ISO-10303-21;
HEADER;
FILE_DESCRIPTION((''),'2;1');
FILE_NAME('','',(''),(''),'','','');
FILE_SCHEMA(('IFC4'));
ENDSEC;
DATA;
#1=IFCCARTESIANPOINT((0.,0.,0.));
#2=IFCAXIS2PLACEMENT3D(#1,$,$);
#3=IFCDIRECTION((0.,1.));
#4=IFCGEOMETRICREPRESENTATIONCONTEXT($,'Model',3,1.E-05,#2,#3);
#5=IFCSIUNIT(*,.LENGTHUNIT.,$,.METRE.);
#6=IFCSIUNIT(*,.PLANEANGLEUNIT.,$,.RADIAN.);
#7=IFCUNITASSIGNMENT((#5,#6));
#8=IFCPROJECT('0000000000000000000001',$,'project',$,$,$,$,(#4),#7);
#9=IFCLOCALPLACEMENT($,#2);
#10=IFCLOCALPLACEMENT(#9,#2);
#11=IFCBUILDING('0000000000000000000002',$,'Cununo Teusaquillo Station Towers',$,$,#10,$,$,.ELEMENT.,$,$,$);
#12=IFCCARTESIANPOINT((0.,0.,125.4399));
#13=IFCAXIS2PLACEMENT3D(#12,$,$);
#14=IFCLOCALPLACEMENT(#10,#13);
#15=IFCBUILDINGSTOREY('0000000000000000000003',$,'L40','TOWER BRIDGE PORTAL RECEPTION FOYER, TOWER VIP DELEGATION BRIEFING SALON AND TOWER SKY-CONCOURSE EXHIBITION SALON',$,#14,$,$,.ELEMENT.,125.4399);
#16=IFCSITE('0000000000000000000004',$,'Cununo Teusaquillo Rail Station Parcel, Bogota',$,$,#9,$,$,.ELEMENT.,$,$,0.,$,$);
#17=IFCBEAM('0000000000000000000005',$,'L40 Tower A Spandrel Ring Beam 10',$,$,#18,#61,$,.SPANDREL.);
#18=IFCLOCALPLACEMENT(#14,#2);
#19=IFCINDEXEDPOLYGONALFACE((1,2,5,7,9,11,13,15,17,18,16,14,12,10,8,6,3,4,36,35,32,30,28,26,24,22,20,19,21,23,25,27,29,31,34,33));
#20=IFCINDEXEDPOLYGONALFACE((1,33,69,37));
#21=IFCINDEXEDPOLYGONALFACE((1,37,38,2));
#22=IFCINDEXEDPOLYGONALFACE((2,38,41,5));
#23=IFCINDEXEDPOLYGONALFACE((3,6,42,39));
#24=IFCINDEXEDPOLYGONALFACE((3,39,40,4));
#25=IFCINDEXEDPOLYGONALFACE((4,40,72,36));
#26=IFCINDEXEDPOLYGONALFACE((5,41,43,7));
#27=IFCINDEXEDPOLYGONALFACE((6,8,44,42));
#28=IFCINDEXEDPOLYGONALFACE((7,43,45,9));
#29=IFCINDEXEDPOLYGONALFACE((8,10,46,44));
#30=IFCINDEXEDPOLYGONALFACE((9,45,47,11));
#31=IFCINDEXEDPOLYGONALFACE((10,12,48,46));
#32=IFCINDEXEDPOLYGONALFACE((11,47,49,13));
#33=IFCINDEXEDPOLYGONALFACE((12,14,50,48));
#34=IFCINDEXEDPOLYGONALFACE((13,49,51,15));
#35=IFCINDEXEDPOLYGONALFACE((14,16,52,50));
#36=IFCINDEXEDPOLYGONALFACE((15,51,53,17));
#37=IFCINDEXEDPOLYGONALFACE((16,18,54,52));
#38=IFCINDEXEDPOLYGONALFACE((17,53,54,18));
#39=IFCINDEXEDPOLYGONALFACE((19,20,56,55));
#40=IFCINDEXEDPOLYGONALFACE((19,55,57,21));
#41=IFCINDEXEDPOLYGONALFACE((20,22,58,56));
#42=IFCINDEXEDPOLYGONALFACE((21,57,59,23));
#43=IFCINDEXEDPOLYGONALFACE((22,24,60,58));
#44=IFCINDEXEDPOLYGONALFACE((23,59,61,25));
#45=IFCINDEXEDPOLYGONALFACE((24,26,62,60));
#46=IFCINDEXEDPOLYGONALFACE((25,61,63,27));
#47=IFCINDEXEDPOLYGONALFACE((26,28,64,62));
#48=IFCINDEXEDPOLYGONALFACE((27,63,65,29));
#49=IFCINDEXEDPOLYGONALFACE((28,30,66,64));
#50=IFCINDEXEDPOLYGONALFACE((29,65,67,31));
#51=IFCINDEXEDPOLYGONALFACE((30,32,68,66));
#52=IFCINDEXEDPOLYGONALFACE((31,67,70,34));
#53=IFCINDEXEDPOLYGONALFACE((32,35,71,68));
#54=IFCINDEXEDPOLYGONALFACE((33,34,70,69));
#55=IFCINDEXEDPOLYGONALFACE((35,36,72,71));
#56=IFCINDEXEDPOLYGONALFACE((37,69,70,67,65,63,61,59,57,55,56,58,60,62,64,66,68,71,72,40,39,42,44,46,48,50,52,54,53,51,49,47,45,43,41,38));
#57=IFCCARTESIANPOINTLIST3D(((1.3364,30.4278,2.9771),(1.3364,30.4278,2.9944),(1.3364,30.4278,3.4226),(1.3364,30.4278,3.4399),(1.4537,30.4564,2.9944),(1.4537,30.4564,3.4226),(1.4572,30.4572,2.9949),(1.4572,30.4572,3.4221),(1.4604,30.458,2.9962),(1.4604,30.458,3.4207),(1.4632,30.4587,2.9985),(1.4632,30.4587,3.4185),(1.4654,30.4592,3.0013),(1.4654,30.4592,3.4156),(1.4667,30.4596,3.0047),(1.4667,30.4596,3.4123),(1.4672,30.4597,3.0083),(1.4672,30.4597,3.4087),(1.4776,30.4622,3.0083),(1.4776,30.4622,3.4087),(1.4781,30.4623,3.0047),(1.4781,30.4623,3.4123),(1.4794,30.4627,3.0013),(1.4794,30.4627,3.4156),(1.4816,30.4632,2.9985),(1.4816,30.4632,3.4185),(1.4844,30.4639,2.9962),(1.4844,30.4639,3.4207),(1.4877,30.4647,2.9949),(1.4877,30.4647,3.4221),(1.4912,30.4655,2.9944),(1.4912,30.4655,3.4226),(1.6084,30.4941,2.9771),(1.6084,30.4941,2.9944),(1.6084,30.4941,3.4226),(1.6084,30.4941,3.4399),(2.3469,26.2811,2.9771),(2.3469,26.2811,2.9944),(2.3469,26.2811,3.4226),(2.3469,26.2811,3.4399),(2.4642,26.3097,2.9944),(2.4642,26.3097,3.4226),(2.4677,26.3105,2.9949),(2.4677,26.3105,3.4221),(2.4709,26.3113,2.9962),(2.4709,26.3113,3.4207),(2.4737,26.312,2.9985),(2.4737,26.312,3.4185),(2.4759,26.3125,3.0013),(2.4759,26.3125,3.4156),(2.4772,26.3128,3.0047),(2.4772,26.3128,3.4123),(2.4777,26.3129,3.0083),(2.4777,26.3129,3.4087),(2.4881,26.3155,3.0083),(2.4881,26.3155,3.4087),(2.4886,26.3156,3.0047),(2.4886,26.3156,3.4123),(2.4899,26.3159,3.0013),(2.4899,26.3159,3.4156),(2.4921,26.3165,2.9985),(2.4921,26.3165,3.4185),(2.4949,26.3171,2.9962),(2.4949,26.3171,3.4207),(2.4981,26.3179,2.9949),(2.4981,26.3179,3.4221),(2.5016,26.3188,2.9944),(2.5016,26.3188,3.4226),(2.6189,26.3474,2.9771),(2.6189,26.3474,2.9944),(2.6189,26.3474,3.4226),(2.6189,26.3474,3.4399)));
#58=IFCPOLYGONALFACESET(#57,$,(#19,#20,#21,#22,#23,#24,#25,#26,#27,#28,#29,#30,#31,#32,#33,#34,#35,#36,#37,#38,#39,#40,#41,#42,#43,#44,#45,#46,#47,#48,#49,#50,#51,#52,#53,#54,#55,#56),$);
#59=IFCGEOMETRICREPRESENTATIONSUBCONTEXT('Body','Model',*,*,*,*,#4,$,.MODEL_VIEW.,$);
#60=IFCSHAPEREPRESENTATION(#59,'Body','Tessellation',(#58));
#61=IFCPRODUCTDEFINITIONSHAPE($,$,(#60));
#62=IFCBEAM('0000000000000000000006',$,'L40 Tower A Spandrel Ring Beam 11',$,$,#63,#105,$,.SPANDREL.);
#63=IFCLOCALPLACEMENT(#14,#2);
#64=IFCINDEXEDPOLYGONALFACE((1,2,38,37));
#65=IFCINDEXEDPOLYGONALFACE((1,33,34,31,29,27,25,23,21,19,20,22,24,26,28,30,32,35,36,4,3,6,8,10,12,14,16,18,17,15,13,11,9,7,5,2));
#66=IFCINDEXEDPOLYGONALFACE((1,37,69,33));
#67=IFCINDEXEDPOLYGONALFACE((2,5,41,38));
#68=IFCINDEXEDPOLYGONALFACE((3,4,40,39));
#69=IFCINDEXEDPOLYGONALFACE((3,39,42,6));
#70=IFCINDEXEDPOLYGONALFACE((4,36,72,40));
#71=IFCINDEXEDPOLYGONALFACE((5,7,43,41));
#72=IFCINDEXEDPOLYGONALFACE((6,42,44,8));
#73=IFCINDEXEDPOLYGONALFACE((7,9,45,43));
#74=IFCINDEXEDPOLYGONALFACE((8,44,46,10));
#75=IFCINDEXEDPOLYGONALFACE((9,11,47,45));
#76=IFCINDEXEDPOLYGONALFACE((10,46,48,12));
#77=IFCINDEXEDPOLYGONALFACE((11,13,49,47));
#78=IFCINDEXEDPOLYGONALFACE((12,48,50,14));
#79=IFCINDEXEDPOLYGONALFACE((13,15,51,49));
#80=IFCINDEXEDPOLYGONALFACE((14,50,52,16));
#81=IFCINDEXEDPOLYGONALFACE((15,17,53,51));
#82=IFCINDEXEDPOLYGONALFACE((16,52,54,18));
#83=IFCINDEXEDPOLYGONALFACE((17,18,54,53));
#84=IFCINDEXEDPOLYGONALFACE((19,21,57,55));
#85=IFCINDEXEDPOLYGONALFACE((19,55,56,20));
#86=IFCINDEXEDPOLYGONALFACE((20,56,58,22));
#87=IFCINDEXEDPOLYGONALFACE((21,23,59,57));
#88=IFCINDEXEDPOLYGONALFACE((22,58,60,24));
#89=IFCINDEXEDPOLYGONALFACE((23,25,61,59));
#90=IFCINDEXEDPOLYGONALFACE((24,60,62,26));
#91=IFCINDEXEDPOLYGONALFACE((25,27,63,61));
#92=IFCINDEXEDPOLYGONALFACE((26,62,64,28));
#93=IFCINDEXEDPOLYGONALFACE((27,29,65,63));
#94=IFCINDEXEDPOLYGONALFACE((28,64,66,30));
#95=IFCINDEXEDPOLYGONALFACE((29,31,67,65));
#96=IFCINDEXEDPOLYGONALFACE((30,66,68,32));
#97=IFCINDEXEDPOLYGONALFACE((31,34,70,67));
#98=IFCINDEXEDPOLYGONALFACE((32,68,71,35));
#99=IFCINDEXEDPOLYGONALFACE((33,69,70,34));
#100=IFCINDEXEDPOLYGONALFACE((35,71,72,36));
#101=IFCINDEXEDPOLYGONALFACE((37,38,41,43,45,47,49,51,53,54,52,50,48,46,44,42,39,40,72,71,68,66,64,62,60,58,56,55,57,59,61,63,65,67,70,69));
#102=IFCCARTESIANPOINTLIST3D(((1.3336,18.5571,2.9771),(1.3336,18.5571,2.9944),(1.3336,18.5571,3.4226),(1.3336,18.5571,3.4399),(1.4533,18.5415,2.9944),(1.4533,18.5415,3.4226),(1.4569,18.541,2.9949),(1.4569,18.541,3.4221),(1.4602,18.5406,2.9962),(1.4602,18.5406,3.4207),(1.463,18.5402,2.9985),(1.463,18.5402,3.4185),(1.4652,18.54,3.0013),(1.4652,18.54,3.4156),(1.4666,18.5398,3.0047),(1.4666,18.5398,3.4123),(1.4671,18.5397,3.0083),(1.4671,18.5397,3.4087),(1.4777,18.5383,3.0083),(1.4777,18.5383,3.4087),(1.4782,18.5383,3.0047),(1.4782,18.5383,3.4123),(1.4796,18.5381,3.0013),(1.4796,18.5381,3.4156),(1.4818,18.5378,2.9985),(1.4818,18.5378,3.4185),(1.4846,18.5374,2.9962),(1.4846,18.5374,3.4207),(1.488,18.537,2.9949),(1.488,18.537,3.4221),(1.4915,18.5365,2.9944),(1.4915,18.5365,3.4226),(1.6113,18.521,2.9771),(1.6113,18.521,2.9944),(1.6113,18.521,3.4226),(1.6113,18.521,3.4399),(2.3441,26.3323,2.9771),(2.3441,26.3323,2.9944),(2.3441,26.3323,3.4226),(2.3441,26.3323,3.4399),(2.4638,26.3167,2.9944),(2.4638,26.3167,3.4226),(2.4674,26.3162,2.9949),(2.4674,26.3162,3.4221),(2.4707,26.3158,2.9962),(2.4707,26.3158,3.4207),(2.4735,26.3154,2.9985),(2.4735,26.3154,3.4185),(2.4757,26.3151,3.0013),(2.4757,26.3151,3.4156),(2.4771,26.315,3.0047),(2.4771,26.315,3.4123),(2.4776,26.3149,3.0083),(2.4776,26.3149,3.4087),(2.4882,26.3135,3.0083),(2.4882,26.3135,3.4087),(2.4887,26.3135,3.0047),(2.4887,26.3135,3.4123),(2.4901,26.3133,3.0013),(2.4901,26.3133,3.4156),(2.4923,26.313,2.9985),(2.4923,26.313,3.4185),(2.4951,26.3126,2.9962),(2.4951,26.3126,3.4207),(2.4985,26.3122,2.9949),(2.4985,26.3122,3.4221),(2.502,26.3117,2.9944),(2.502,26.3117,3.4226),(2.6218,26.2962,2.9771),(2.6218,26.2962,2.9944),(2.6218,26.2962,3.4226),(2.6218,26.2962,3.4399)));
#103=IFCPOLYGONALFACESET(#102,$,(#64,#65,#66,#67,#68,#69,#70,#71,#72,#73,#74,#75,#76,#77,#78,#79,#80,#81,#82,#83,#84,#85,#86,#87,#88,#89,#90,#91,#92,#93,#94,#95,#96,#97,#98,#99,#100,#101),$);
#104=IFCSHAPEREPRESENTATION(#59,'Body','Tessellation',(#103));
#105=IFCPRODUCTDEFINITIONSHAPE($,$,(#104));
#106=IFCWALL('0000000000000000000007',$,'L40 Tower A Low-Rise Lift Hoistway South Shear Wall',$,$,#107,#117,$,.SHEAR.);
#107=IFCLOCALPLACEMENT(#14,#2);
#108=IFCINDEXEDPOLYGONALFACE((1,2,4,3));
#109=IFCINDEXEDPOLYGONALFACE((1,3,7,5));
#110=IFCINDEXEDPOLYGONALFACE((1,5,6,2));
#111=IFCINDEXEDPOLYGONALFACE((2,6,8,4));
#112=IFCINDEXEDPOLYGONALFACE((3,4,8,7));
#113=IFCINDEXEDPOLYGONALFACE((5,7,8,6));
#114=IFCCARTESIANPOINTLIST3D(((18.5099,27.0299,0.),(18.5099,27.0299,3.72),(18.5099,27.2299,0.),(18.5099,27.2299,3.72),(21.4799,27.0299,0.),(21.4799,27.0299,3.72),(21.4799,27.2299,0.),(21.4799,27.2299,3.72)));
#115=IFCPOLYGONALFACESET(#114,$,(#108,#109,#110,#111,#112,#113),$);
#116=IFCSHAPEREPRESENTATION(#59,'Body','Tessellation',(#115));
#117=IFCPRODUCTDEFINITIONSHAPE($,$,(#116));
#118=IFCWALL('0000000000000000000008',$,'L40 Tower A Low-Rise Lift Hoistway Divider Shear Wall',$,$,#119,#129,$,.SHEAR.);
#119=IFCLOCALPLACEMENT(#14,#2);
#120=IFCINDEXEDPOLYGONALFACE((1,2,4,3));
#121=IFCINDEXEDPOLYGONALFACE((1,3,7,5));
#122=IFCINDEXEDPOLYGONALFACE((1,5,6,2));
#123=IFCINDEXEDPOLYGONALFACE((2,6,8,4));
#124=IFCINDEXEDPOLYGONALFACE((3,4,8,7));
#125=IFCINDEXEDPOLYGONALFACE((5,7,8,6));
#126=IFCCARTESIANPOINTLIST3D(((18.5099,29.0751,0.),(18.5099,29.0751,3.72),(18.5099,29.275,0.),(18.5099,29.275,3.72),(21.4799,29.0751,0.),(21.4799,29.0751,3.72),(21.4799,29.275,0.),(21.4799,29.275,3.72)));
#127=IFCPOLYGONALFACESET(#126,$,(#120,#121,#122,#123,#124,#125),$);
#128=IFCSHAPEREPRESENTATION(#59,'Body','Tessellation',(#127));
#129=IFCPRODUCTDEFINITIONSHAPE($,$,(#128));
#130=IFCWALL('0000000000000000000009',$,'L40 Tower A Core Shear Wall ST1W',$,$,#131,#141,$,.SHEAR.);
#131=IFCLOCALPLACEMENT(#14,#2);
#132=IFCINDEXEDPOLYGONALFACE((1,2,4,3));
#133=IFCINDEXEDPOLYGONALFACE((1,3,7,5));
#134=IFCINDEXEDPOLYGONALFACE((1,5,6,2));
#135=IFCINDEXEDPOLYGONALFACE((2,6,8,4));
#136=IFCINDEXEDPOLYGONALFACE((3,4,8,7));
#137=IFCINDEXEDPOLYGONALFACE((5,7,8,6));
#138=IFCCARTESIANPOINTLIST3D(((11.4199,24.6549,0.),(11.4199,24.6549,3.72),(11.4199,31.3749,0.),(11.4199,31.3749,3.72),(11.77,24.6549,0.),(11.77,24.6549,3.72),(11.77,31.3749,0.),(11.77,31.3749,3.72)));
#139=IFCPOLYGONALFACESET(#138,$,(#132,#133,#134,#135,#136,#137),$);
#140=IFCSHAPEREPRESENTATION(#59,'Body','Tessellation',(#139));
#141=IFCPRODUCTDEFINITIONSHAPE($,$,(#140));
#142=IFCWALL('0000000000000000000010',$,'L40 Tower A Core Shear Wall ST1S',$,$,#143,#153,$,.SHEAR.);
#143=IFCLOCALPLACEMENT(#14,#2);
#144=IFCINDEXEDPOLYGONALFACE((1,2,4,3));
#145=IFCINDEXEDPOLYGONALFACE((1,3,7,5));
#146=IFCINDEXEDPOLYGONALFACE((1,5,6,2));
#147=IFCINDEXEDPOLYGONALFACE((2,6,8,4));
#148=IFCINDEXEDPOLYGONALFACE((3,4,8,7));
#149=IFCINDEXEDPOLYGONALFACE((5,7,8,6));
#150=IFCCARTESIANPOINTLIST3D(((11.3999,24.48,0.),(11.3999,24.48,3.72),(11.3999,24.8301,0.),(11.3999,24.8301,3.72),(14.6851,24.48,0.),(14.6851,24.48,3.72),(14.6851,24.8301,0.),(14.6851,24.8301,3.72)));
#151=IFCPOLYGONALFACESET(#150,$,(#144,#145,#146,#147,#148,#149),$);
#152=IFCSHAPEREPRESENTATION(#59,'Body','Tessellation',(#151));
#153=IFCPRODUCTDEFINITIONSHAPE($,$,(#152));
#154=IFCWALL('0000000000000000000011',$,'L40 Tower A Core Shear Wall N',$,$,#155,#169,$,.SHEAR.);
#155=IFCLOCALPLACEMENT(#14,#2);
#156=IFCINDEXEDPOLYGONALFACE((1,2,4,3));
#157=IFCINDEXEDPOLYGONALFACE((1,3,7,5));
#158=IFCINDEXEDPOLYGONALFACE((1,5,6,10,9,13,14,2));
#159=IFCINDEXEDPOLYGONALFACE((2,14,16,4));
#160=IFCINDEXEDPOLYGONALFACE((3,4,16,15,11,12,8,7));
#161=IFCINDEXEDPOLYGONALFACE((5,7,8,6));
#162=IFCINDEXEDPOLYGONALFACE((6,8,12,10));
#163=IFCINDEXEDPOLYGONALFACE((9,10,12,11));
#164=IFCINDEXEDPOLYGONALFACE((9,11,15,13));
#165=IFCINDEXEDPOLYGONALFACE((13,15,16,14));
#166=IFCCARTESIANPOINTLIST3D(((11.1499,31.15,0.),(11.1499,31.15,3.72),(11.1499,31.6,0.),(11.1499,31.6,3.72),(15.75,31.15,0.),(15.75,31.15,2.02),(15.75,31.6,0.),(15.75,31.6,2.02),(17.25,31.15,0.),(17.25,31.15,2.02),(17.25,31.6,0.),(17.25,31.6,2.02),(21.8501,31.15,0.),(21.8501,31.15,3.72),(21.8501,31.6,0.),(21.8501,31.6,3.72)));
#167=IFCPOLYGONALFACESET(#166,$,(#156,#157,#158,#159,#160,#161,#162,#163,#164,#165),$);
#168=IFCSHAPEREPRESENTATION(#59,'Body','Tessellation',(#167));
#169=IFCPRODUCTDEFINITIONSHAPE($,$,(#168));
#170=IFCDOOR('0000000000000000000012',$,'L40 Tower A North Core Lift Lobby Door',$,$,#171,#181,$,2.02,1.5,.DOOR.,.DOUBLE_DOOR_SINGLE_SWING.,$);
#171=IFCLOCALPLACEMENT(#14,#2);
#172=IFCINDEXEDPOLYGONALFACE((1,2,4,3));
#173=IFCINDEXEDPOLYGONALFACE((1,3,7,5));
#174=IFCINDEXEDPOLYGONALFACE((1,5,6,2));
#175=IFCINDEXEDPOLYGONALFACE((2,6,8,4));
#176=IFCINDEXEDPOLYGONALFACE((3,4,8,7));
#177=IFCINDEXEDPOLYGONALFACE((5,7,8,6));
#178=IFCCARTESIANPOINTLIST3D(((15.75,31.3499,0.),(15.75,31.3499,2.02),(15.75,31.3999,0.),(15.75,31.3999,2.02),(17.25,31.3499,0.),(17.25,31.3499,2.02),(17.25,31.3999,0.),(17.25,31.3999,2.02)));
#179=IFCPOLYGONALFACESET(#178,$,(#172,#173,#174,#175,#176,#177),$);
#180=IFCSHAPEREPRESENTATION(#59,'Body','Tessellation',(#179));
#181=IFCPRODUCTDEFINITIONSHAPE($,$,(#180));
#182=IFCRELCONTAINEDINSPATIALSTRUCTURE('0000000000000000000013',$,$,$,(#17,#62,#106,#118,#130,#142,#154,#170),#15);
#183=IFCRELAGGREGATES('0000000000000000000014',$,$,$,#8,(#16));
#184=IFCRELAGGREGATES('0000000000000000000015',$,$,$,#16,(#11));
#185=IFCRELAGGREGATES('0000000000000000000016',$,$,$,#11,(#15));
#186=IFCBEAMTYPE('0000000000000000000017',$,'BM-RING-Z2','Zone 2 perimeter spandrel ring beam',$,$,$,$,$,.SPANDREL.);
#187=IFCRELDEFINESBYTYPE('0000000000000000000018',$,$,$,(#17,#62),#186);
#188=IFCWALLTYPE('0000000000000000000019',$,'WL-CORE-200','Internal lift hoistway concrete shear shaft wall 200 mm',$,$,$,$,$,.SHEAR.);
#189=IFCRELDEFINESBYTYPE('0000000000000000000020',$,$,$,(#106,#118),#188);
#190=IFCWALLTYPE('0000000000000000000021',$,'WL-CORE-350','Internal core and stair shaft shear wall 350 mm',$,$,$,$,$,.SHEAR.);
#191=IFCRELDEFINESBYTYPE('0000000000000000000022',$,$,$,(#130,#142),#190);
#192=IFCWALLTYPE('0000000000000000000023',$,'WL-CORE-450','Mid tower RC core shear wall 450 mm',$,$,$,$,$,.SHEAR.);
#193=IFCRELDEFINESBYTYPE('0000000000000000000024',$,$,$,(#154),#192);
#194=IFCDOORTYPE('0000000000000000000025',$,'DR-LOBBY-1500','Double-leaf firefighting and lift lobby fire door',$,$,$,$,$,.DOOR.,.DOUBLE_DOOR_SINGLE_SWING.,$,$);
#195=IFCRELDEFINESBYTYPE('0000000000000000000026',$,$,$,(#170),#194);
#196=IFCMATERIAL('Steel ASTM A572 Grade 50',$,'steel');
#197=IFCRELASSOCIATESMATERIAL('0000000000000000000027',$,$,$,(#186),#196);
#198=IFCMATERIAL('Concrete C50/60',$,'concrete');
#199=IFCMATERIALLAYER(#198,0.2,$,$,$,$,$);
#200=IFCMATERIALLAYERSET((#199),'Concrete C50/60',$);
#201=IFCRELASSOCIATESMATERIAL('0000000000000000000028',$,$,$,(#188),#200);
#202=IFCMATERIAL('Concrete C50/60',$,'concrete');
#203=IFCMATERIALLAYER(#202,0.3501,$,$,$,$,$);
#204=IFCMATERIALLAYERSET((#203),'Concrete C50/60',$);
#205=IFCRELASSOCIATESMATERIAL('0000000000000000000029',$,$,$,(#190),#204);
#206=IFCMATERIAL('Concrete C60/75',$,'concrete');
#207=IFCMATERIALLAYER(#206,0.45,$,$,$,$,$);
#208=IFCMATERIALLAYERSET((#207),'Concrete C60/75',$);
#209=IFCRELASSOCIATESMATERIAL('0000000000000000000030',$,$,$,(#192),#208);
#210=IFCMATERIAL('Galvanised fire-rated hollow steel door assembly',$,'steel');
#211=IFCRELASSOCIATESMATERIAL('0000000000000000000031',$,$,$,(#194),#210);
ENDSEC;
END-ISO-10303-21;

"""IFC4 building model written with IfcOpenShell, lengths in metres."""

from ifc_helpers import new_model, si_unit, direction, frame, frame_2d, origin, origin_2d, place, context, subcontext, project, spatial, rectangle, i_section, extrude, source, transform, mapped, material, layer, layer_set, material_profile, profile_set, type_object, element, fill, save


model = new_model("IFC4")

# Units and contexts
model_context = context("Model", 3, precision=1e-05, world=origin(), true_north=direction((0.0, 1.0)))
body_context = subcontext(model_context, "Body", "Model", "MODEL_VIEW")
ifc_project = project(units=[si_unit("LENGTHUNIT", "METRE"), si_unit("PLANEANGLEUNIT", "RADIAN")], contexts=[model_context])

# Site, building, storey
site_placement = place(None, origin())
site = spatial("IfcSite", under=ifc_project, at=site_placement, Name="Cununo Teusaquillo Rail Station Parcel, Bogota", CompositionType="ELEMENT", RefElevation=0.0)
building_placement = place(site_placement, origin())
building = spatial("IfcBuilding", under=site, at=building_placement, Name="Cununo Teusaquillo Station Towers", CompositionType="ELEMENT")
storey_placement = place(building_placement, frame((0.0, 0.0, 125.4399)))
storey = spatial("IfcBuildingStorey", under=building, at=storey_placement, Name="L40", Description="TOWER BRIDGE PORTAL RECEPTION FOYER, TOWER VIP DELEGATION BRIEFING SALON AND TOWER SKY-CONCOURSE EXHIBITION SALON", CompositionType="ELEMENT", Elevation=125.4399)

# Beams
ifc_material_1 = material(Name="Steel ASTM A572 Grade 50", Category="steel")
ifc_material_profile_1 = material_profile(ifc_material_1, i_section(OverallWidth=0.28, OverallDepth=0.4629, WebThickness=0.0107, FlangeThickness=0.0173, FilletRadius=0.0139, at=origin_2d()), Name="W18X76")
ifc_profile_set_1 = profile_set([ifc_material_profile_1], Name="Steel ASTM A572 Grade 50")
beam_type_1 = type_object("IfcBeamType", Name="BM-RING-Z2", Description="Zone 2 perimeter spandrel ring beam", PredefinedType="SPANDREL", material=ifc_profile_set_1)
beam_1_placement = place(storey_placement, frame((1.4724, 30.4609, 3.2085), z_axis=(0.236757, -0.971569, 0.0), x_axis=(0.971569, 0.236757, 0.0)))
element("IfcBeam", 1, at=beam_1_placement, inside=storey, type_object=beam_type_1, Name="L40 Tower A Spandrel Ring Beam 10", PredefinedType="SPANDREL", context=body_context, shape_type="SweptSolid", body=[
    extrude(i_section(OverallWidth=0.28, OverallDepth=0.4629, WebThickness=0.0107, FlangeThickness=0.0173, FilletRadius=0.0139, at=origin_2d()), origin(), (0.0, 0.0, 1.0), 4.2681),
])
beam_2_placement = place(storey_placement, frame((2.4829, 26.3142, 3.2085), z_axis=(-0.128881, -0.99166, 0.0), x_axis=(0.99166, -0.128881, 0.0)))
element("IfcBeam", 2, at=beam_2_placement, inside=storey, type_object=beam_type_1, Name="L40 Tower A Spandrel Ring Beam 11", PredefinedType="SPANDREL", context=body_context, shape_type="SweptSolid", body=[
    extrude(i_section(OverallWidth=0.28, OverallDepth=0.4629, WebThickness=0.0107, FlangeThickness=0.0173, FilletRadius=0.0139, at=origin_2d()), origin(), (0.0, 0.0, 1.0), 7.8406),
])

# Walls
ifc_material_2 = material(Name="Concrete C50/60", Category="concrete")
ifc_layer_1 = layer(ifc_material_2, 0.2)
ifc_layer_set_1 = layer_set([ifc_layer_1], Name="Concrete C50/60")
wall_type_1 = type_object("IfcWallType", Name="WL-CORE-200", Description="Internal lift hoistway concrete shear shaft wall 200 mm", PredefinedType="SHEAR", material=ifc_layer_set_1)
for number, where, z_axis, x_axis, name in (
    (3, (18.51, 27.1299, 0.0), (0.0, 0.0, 1.0), (1.0, 0.0, 0.0), "L40 Tower A Low-Rise Lift Hoistway South Shear Wall"),
    (4, (18.51, 29.175, 0.0), (0.0, 0.0, 1.0), (1.0, 0.0, 0.0), "L40 Tower A Low-Rise Lift Hoistway Divider Shear Wall"),
):
    element("IfcWall", number, at=place(storey_placement, frame(where, z_axis=z_axis, x_axis=x_axis)), inside=storey, type_object=wall_type_1, Name=name, PredefinedType="SHEAR", context=body_context, shape_type="SweptSolid", body=[
        extrude(rectangle(XDim=2.97, YDim=0.2, at=frame_2d((1.4849, 0.0))), origin(), (0.0, 0.0, 1.0), 3.72),
    ])
ifc_material_3 = material(Name="Concrete C50/60", Category="concrete")
ifc_layer_2 = layer(ifc_material_3, 0.3501)
ifc_layer_set_2 = layer_set([ifc_layer_2], Name="Concrete C50/60")
wall_type_2 = type_object("IfcWallType", Name="WL-CORE-350", Description="Internal core and stair shaft shear wall 350 mm", PredefinedType="SHEAR", material=ifc_layer_set_2)
wall_1_placement = place(storey_placement, frame((11.595, 24.655, 0.0), z_axis=(0.0, 0.0, 1.0), x_axis=(0.0, 1.0, 0.0)))
element("IfcWall", 5, at=wall_1_placement, inside=storey, type_object=wall_type_2, Name="L40 Tower A Core Shear Wall ST1W", PredefinedType="SHEAR", context=body_context, shape_type="SweptSolid", body=[
    extrude(rectangle(XDim=6.72, YDim=0.3501, at=frame_2d((3.3599, 0.0))), origin(), (0.0, 0.0, 1.0), 3.72),
])
wall_2_placement = place(storey_placement, frame((11.3999, 24.655, 0.0), z_axis=(0.0, 0.0, 1.0), x_axis=(1.0, 0.0, 0.0)))
element("IfcWall", 6, at=wall_2_placement, inside=storey, type_object=wall_type_2, Name="L40 Tower A Core Shear Wall ST1S", PredefinedType="SHEAR", context=body_context, shape_type="SweptSolid", body=[
    extrude(rectangle(XDim=3.2852, YDim=0.3501, at=frame_2d((1.6426, 0.0))), origin(), (0.0, 0.0, 1.0), 3.72),
])

# Wall, opening, door
ifc_material_4 = material(Name="Concrete C60/75", Category="concrete")
ifc_layer_3 = layer(ifc_material_4, 0.45)
ifc_layer_set_3 = layer_set([ifc_layer_3], Name="Concrete C60/75")
wall_type_3 = type_object("IfcWallType", Name="WL-CORE-450", Description="Mid tower RC core shear wall 450 mm", PredefinedType="SHEAR", material=ifc_layer_set_3)
wall_3_placement = place(storey_placement, frame((11.1499, 31.375, 0.0), z_axis=(0.0, 0.0, 1.0), x_axis=(1.0, 0.0, 0.0)))
wall_3 = element("IfcWall", 7, at=wall_3_placement, inside=storey, type_object=wall_type_3, Name="L40 Tower A Core Shear Wall N", PredefinedType="SHEAR", context=body_context, shape_type="SweptSolid", body=[
    extrude(rectangle(XDim=10.7002, YDim=0.45, at=frame_2d((5.3501, 0.0))), origin(), (0.0, 0.0, 1.0), 3.72),
])
shared_shape_1 = source(origin(), body_context, "Body", "SweptSolid", [
    extrude(rectangle(XDim=1.5, YDim=2.02, at=frame_2d((0.75, 1.01))), frame((0.0, 0.2349, 0.0), z_axis=(0.0, -1.0, 0.0), x_axis=(1.0, 0.0, 0.0)), (0.0, 0.0, 1.0), 0.47),
])
opening_1_placement = place(wall_3_placement, frame((4.6001, 0.0, 0.0)))
opening_1 = element("IfcOpeningElement", 8, at=opening_1_placement, cuts=wall_3, PredefinedType="OPENING", context=body_context, shape_type="MappedRepresentation", body=[
    mapped(shared_shape_1, transform((0.0, 0.0, 0.0), x_axis=(1.0, 0.0, 0.0), y_axis=(0.0, 1.0, 0.0), z_axis=(0.0, 0.0, 1.0), scale=1.0)),
])
ifc_material_5 = material(Name="Galvanised fire-rated hollow steel door assembly", Category="steel")
door_type_1 = type_object("IfcDoorType", Name="DR-LOBBY-1500", Description="Double-leaf firefighting and lift lobby fire door", OperationType="DOUBLE_DOOR_SINGLE_SWING", PredefinedType="DOOR", material=ifc_material_5)
shared_shape_2 = source(origin(), body_context, "Body", "SweptSolid", [
    extrude(rectangle(XDim=1.5, YDim=2.02, at=frame_2d((0.75, 1.01))), frame((0.0, 0.0249, 0.0), z_axis=(0.0, -1.0, 0.0), x_axis=(1.0, 0.0, 0.0)), (0.0, 0.0, 1.0), 0.05),
])
door_1_placement = place(opening_1_placement, origin())
door_1 = element("IfcDoor", 9, at=door_1_placement, inside=storey, type_object=door_type_1, Name="L40 Tower A North Core Lift Lobby Door", OperationType="DOUBLE_DOOR_SINGLE_SWING", OverallHeight=2.02, OverallWidth=1.5, PredefinedType="DOOR", context=body_context, shape_type="MappedRepresentation", body=[
    mapped(shared_shape_2, transform((0.0, 0.0, 0.0), x_axis=(1.0, 0.0, 0.0), y_axis=(0.0, 1.0, 0.0), z_axis=(0.0, 0.0, 1.0), scale=1.0)),
])
fill(opening_1, door_1)

save(model, "model.ifc")
